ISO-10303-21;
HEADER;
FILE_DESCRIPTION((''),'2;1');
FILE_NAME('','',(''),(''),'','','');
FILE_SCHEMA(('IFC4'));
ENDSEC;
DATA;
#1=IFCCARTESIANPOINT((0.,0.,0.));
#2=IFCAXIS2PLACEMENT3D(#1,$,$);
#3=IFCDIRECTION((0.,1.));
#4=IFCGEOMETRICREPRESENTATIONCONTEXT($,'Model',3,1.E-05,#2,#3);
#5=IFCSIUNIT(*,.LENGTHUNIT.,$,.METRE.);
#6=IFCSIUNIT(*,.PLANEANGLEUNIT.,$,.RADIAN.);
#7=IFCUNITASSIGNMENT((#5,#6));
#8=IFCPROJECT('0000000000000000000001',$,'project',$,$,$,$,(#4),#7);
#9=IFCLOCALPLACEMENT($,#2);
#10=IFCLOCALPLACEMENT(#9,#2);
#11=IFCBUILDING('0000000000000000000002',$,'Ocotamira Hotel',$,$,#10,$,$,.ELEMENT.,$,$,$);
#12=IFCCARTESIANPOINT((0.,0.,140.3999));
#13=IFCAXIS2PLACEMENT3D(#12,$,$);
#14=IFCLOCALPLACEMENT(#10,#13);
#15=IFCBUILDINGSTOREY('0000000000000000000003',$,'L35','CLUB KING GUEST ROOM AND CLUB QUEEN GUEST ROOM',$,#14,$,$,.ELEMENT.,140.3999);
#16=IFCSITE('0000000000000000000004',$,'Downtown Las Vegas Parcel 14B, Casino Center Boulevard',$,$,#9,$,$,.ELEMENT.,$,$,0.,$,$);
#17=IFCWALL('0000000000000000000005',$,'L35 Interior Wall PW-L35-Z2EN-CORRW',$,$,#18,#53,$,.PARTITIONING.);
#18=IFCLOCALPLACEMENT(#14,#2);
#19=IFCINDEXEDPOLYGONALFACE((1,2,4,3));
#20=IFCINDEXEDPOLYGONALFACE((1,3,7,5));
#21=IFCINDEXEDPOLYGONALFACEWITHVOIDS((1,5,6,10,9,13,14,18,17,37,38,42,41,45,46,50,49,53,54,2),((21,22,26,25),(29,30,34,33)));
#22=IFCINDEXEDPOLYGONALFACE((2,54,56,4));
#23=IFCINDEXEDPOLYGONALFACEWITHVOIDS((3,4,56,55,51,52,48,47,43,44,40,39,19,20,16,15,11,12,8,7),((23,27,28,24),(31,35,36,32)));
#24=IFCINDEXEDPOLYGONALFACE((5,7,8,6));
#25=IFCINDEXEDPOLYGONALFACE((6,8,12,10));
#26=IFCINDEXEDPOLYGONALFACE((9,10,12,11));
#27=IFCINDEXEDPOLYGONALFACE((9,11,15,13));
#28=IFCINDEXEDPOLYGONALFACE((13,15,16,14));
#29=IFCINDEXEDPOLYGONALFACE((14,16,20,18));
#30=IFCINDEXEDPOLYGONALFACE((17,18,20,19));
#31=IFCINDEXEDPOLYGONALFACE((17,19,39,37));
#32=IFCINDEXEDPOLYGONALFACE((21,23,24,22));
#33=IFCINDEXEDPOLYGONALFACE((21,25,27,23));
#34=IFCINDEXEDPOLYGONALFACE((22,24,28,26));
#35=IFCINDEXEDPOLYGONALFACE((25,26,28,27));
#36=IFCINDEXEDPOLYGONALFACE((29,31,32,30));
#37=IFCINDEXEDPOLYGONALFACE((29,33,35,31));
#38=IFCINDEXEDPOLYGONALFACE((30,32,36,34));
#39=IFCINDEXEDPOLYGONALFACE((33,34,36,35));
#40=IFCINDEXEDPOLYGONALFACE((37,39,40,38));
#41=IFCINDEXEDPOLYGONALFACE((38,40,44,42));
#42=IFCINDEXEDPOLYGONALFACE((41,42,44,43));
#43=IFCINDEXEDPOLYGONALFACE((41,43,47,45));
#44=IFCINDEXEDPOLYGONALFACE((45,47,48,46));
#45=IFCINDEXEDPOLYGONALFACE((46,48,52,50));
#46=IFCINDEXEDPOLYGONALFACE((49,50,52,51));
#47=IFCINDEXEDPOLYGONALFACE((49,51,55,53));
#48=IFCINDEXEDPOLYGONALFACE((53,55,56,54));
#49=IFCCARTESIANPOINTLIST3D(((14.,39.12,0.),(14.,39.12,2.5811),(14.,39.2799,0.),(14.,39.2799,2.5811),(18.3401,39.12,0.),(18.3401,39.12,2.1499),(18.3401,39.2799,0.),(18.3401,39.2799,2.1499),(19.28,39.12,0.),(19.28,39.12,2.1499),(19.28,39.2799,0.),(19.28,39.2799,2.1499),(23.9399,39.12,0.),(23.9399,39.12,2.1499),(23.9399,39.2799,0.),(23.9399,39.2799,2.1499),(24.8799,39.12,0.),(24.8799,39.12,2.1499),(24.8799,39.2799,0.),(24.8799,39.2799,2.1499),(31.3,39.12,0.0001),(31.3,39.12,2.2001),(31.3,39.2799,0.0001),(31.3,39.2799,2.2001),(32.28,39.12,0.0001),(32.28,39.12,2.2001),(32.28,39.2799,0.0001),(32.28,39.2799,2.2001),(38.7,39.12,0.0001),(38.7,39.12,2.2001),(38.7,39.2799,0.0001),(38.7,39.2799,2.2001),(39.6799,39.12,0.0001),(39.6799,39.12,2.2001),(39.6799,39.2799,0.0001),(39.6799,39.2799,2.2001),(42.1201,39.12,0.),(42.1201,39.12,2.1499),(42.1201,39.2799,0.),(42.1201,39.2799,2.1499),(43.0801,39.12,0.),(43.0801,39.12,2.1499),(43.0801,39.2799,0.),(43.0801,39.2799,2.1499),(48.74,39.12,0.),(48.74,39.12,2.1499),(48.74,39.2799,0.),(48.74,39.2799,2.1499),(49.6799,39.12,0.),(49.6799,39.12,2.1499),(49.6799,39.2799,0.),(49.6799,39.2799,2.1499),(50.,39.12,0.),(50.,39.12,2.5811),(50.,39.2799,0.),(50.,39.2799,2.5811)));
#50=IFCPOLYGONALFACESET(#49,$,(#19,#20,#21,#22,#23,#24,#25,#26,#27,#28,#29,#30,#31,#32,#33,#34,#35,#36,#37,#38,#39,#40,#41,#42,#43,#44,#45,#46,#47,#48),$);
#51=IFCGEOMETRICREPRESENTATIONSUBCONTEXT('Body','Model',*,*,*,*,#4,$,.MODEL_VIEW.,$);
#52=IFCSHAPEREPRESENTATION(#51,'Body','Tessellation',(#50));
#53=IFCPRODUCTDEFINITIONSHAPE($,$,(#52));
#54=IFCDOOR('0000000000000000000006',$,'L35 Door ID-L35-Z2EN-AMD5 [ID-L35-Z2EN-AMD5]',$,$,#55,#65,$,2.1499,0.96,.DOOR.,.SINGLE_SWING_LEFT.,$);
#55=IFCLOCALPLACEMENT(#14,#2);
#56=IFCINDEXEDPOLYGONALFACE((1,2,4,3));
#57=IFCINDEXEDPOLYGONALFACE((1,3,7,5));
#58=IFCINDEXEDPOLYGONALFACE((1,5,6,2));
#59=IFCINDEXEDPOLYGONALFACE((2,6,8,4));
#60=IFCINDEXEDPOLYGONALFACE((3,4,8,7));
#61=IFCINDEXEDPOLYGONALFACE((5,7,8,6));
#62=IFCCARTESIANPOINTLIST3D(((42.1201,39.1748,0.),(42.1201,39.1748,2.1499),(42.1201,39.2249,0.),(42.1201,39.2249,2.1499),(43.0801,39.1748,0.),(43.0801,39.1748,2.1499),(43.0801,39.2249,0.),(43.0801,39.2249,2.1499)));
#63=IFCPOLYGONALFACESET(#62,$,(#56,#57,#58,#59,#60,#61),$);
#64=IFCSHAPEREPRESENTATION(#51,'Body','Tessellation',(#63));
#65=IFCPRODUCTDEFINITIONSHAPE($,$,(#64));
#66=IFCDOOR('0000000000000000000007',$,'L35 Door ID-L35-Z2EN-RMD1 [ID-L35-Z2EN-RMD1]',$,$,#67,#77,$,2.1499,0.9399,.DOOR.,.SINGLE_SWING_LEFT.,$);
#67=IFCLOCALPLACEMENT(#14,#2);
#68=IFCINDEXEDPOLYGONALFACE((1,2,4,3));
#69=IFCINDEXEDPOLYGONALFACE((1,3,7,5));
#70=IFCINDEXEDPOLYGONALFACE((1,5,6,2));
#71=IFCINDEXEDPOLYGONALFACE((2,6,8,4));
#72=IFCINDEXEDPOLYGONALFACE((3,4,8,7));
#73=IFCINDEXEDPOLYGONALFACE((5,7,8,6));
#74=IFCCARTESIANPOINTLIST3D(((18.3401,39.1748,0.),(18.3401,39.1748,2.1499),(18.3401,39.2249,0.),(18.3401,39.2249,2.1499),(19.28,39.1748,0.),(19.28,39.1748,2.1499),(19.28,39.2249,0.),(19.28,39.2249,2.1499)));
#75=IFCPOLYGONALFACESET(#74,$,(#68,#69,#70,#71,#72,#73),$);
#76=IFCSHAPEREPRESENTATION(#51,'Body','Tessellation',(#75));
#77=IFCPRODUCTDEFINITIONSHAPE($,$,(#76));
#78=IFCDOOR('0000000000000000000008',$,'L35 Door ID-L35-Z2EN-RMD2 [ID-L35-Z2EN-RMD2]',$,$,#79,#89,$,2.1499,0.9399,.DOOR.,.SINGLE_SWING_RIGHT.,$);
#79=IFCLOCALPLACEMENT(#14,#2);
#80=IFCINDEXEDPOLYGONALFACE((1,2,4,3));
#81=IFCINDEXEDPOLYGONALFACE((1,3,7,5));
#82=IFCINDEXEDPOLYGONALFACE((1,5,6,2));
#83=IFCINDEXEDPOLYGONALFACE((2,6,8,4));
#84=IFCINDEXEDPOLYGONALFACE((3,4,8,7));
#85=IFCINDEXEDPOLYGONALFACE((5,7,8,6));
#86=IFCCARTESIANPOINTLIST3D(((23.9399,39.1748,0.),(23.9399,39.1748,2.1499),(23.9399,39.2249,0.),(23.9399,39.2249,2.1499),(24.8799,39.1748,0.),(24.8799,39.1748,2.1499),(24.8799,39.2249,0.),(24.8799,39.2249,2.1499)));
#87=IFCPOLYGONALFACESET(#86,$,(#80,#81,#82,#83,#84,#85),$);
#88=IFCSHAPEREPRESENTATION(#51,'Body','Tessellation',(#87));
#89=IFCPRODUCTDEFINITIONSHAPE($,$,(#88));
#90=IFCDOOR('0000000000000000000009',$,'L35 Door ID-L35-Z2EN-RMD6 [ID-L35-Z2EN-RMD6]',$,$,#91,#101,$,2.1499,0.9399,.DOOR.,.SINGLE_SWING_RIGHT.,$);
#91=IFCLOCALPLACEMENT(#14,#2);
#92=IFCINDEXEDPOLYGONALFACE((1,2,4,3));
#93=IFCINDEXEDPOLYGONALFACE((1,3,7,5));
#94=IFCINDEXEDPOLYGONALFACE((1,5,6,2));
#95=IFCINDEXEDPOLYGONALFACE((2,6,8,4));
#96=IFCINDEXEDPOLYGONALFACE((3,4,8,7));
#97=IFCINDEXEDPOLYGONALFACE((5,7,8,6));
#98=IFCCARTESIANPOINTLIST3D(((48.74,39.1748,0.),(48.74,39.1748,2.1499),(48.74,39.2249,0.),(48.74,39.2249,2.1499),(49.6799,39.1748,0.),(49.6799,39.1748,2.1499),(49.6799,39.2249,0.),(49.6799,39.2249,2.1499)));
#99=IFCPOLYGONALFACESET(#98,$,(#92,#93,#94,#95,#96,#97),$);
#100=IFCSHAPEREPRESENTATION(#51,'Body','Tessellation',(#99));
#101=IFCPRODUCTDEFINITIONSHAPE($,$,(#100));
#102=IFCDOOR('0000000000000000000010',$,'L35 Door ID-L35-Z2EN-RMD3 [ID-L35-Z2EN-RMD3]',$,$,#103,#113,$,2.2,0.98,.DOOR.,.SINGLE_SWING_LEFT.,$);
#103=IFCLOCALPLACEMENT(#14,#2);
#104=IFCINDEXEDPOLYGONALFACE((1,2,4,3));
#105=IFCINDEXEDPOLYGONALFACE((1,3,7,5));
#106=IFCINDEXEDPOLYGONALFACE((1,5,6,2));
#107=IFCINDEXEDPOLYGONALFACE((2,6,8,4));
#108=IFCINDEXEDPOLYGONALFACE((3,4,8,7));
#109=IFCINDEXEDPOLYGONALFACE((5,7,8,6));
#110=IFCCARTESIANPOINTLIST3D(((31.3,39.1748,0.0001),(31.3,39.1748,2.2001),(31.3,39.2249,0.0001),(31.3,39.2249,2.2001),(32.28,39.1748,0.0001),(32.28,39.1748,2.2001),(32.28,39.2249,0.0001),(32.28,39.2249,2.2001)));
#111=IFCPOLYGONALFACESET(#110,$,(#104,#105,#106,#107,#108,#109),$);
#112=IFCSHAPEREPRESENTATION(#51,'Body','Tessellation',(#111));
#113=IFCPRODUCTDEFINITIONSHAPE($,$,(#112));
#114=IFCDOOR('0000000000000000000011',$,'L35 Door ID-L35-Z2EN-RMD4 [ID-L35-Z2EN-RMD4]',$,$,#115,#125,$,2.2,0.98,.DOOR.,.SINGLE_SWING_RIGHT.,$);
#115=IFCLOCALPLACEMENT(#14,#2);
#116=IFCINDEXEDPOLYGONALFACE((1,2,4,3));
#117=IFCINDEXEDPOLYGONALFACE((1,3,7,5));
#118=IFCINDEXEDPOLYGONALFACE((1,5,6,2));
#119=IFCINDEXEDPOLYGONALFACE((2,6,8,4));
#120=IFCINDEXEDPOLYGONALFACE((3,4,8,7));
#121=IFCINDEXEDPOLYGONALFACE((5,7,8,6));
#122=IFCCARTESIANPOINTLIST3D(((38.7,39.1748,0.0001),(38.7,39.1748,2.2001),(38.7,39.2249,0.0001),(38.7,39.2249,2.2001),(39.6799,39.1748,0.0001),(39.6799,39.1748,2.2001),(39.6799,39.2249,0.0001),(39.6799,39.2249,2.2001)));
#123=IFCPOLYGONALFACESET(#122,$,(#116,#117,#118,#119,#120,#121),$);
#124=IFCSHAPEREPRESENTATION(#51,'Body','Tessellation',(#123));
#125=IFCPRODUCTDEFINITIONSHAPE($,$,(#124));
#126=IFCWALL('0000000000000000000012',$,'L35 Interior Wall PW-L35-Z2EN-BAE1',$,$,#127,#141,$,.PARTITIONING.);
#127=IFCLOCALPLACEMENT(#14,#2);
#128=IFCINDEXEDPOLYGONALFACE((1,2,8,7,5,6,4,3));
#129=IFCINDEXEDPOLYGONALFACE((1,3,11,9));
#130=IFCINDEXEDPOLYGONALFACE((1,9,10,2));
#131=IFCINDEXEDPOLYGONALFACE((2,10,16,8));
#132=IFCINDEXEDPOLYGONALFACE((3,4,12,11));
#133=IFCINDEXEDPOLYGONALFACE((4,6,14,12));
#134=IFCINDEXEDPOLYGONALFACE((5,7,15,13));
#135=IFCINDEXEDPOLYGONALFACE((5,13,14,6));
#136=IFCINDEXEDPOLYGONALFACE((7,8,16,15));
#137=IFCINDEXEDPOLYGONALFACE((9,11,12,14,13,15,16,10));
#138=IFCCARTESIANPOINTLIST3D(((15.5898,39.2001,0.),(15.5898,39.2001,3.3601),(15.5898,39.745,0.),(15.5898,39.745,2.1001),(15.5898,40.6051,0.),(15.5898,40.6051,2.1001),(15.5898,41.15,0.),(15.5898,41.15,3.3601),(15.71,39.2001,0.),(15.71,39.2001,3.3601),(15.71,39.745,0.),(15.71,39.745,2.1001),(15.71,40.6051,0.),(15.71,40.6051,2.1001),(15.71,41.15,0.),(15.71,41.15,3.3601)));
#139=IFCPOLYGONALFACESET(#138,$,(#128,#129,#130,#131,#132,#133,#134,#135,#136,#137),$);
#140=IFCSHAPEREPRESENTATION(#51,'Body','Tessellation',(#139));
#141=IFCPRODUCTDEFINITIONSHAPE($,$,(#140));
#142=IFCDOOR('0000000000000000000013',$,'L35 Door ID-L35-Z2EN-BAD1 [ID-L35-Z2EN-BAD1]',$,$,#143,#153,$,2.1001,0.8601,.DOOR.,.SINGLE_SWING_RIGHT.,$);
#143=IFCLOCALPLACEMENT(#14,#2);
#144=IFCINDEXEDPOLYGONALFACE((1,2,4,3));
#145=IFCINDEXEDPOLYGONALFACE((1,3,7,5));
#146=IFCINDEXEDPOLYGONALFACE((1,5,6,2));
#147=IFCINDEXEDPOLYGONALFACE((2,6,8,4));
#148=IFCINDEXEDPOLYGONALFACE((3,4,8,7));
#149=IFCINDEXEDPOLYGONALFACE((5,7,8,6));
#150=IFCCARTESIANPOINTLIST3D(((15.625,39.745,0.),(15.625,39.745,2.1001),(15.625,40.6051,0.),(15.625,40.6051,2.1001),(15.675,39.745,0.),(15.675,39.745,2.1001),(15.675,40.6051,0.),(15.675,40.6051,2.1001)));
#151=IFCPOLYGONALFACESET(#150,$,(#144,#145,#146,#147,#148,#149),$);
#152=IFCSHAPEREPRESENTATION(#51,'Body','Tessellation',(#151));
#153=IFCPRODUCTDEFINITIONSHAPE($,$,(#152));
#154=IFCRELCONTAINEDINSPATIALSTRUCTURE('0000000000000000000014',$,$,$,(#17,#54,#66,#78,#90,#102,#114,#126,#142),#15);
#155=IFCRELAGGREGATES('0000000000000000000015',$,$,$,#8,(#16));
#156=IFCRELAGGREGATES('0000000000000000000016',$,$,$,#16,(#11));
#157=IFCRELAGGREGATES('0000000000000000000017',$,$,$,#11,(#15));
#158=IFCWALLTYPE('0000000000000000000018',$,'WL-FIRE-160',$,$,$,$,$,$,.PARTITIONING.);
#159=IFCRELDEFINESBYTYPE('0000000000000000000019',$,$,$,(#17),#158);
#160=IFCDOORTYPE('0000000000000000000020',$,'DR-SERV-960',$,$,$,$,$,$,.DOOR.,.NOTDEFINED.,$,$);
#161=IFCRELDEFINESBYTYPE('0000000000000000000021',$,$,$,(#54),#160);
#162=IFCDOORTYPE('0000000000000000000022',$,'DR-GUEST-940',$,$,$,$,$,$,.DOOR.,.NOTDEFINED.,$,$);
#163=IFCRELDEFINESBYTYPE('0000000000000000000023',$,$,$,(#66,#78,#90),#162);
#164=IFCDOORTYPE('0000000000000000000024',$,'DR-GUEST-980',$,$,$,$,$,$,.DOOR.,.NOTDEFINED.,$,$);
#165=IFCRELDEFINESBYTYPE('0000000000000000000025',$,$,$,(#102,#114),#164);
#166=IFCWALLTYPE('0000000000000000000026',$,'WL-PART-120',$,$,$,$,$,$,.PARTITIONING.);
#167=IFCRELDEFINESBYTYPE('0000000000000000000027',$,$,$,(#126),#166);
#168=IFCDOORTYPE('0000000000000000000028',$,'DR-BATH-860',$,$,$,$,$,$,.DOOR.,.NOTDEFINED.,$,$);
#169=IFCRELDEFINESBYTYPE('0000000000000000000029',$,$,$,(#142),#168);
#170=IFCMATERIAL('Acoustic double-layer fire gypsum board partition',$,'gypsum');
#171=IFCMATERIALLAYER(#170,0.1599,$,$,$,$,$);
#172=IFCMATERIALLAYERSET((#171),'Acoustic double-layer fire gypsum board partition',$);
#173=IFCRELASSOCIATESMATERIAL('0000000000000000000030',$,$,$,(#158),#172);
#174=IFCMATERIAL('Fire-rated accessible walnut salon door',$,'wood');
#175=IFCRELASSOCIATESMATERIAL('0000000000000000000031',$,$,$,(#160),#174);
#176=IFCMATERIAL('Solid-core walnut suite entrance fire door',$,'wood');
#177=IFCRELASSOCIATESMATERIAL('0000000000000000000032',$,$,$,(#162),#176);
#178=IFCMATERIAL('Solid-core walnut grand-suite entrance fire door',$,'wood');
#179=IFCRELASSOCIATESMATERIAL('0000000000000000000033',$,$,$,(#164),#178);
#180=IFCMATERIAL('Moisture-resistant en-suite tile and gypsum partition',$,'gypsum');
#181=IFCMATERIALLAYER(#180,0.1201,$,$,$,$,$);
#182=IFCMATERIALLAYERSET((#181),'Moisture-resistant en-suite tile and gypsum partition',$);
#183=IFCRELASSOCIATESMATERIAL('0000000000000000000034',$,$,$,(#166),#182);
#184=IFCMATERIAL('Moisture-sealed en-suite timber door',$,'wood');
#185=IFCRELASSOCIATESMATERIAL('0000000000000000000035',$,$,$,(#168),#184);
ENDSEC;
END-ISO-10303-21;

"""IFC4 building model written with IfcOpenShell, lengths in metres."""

from ifc_helpers import new_model, si_unit, direction, frame, frame_2d, origin, place, context, subcontext, project, spatial, rectangle, extrude, source, transform, mapped, material, layer, layer_set, type_object, element, fill, save


model = new_model("IFC4")

# Units and contexts
model_context = context("Model", 3, precision=1e-05, world=origin(), true_north=direction((0.0, 1.0)))
body_context = subcontext(model_context, "Body", "Model", "MODEL_VIEW")
ifc_project = project(units=[si_unit("LENGTHUNIT", "METRE"), si_unit("PLANEANGLEUNIT", "RADIAN")], contexts=[model_context])

# Site, building, storey
site_placement = place(None, origin())
site = spatial("IfcSite", under=ifc_project, at=site_placement, Name="Downtown Las Vegas Parcel 14B, Casino Center Boulevard", CompositionType="ELEMENT", RefElevation=0.0)
building_placement = place(site_placement, origin())
building = spatial("IfcBuilding", under=site, at=building_placement, Name="Ocotamira Hotel", CompositionType="ELEMENT")
storey_placement = place(building_placement, frame((0.0, 0.0, 140.3999)))
storey = spatial("IfcBuildingStorey", under=building, at=storey_placement, Name="L35", Description="CLUB KING GUEST ROOM AND CLUB QUEEN GUEST ROOM", CompositionType="ELEMENT", Elevation=140.3999)

# Shared definitions
ifc_material_1 = material(Name="Acoustic double-layer fire gypsum board partition", Category="gypsum")
ifc_layer_1 = layer(ifc_material_1, 0.1599)
ifc_layer_set_1 = layer_set([ifc_layer_1], Name="Acoustic double-layer fire gypsum board partition")
wall_type_1 = type_object("IfcWallType", Name="WL-FIRE-160", PredefinedType="PARTITIONING", material=ifc_layer_set_1)
ifc_material_2 = material(Name="Fire-rated accessible walnut salon door", Category="wood")
door_type_1 = type_object("IfcDoorType", Name="DR-SERV-960", OperationType="NOTDEFINED", PredefinedType="DOOR", material=ifc_material_2)
shared_shape_1 = source(origin(), body_context, "Body", "SweptSolid", [
    extrude(rectangle(XDim=0.96, YDim=2.1499, at=frame_2d((0.48, 1.075))), frame((0.0, 0.0249, 0.0), z_axis=(0.0, -1.0, 0.0), x_axis=(1.0, 0.0, 0.0)), (0.0, 0.0, 1.0), 0.05),
])

# Wall, openings, doors
wall_1_placement = place(storey_placement, frame((14.0, 39.2, 0.0), z_axis=(0.0, 0.0, 1.0), x_axis=(1.0, 0.0, 0.0)))
wall_1 = element("IfcWall", 1, at=wall_1_placement, inside=storey, type_object=wall_type_1, Name="L35 Interior Wall PW-L35-Z2EN-CORRW", PredefinedType="PARTITIONING", context=body_context, shape_type="SweptSolid", body=[
    extrude(rectangle(XDim=36.0, YDim=0.1599, at=frame_2d((18.0, 0.0))), origin(), (0.0, 0.0, 1.0), 2.5811),
])
opening_1_placement = place(wall_1_placement, frame((4.3401, 0.0, 0.0)))
opening_1 = element("IfcOpeningElement", 2, at=opening_1_placement, cuts=wall_1, PredefinedType="OPENING", context=body_context, shape_type="SweptSolid", body=[
    extrude(rectangle(XDim=0.9399, YDim=2.1499, at=frame_2d((0.47, 1.075))), frame((0.0, 0.0898, 0.0), z_axis=(0.0, -1.0, 0.0), x_axis=(1.0, 0.0, 0.0)), (0.0, 0.0, 1.0), 0.1799),
])
opening_2_placement = place(wall_1_placement, frame((9.9399, 0.0, 0.0)))
opening_2 = element("IfcOpeningElement", 3, at=opening_2_placement, cuts=wall_1, PredefinedType="OPENING", context=body_context, shape_type="SweptSolid", body=[
    extrude(rectangle(XDim=0.9399, YDim=2.1499, at=frame_2d((0.47, 1.075))), frame((0.0, 0.0898, 0.0), z_axis=(0.0, -1.0, 0.0), x_axis=(1.0, 0.0, 0.0)), (0.0, 0.0, 1.0), 0.1799),
])
opening_3_placement = place(wall_1_placement, frame((17.3, 0.0, 0.0)))
opening_3 = element("IfcOpeningElement", 4, at=opening_3_placement, cuts=wall_1, PredefinedType="OPENING", context=body_context, shape_type="SweptSolid", body=[
    extrude(rectangle(XDim=0.98, YDim=2.2, at=frame_2d((0.49, 1.1001))), frame((0.0, 0.0898, 0.0), z_axis=(0.0, -1.0, 0.0), x_axis=(1.0, 0.0, 0.0)), (0.0, 0.0, 1.0), 0.1799),
])
opening_4_placement = place(wall_1_placement, frame((24.7, 0.0, 0.0)))
opening_4 = element("IfcOpeningElement", 5, at=opening_4_placement, cuts=wall_1, PredefinedType="OPENING", context=body_context, shape_type="SweptSolid", body=[
    extrude(rectangle(XDim=0.98, YDim=2.2, at=frame_2d((0.49, 1.1001))), frame((0.0, 0.0898, 0.0), z_axis=(0.0, -1.0, 0.0), x_axis=(1.0, 0.0, 0.0)), (0.0, 0.0, 1.0), 0.1799),
])
opening_5_placement = place(wall_1_placement, frame((28.1201, 0.0, 0.0)))
opening_5 = element("IfcOpeningElement", 6, at=opening_5_placement, cuts=wall_1, PredefinedType="OPENING", context=body_context, shape_type="SweptSolid", body=[
    extrude(rectangle(XDim=0.96, YDim=2.1499, at=frame_2d((0.48, 1.075))), frame((0.0, 0.0898, 0.0), z_axis=(0.0, -1.0, 0.0), x_axis=(1.0, 0.0, 0.0)), (0.0, 0.0, 1.0), 0.1799),
])
opening_6_placement = place(wall_1_placement, frame((34.74, 0.0, 0.0)))
opening_6 = element("IfcOpeningElement", 7, at=opening_6_placement, cuts=wall_1, PredefinedType="OPENING", context=body_context, shape_type="SweptSolid", body=[
    extrude(rectangle(XDim=0.9399, YDim=2.1499, at=frame_2d((0.47, 1.075))), frame((0.0, 0.0898, 0.0), z_axis=(0.0, -1.0, 0.0), x_axis=(1.0, 0.0, 0.0)), (0.0, 0.0, 1.0), 0.1799),
])
door_1_placement = place(opening_5_placement, origin())
door_1 = element("IfcDoor", 8, at=door_1_placement, inside=storey, type_object=door_type_1, Name="L35 Door ID-L35-Z2EN-AMD5 [ID-L35-Z2EN-AMD5]", OperationType="SINGLE_SWING_LEFT", OverallHeight=2.1499, OverallWidth=0.96, PredefinedType="DOOR", context=body_context, shape_type="MappedRepresentation", body=[
    mapped(shared_shape_1, transform((0.0, 0.0, 0.0), scale=1.0)),
])
fill(opening_5, door_1)
ifc_material_3 = material(Name="Solid-core walnut suite entrance fire door", Category="wood")
door_type_2 = type_object("IfcDoorType", Name="DR-GUEST-940", OperationType="NOTDEFINED", PredefinedType="DOOR", material=ifc_material_3)
shared_shape_2 = source(origin(), body_context, "Body", "SweptSolid", [
    extrude(rectangle(XDim=0.9399, YDim=2.1499, at=frame_2d((0.47, 1.075))), frame((0.0, 0.0249, 0.0), z_axis=(0.0, -1.0, 0.0), x_axis=(1.0, 0.0, 0.0)), (0.0, 0.0, 1.0), 0.05),
])
door_2_placement = place(opening_1_placement, origin())
door_2 = element("IfcDoor", 9, at=door_2_placement, inside=storey, type_object=door_type_2, Name="L35 Door ID-L35-Z2EN-RMD1 [ID-L35-Z2EN-RMD1]", OperationType="SINGLE_SWING_LEFT", OverallHeight=2.1499, OverallWidth=0.9399, PredefinedType="DOOR", context=body_context, shape_type="MappedRepresentation", body=[
    mapped(shared_shape_2, transform((0.0, 0.0, 0.0), scale=1.0)),
])
fill(opening_1, door_2)
door_3_placement = place(opening_2_placement, origin())
door_3 = element("IfcDoor", 10, at=door_3_placement, inside=storey, type_object=door_type_2, Name="L35 Door ID-L35-Z2EN-RMD2 [ID-L35-Z2EN-RMD2]", OperationType="SINGLE_SWING_RIGHT", OverallHeight=2.1499, OverallWidth=0.9399, PredefinedType="DOOR", context=body_context, shape_type="MappedRepresentation", body=[
    mapped(shared_shape_2, transform((0.0, 0.0, 0.0), scale=1.0)),
])
fill(opening_2, door_3)
door_4_placement = place(opening_6_placement, origin())
door_4 = element("IfcDoor", 11, at=door_4_placement, inside=storey, type_object=door_type_2, Name="L35 Door ID-L35-Z2EN-RMD6 [ID-L35-Z2EN-RMD6]", OperationType="SINGLE_SWING_RIGHT", OverallHeight=2.1499, OverallWidth=0.9399, PredefinedType="DOOR", context=body_context, shape_type="MappedRepresentation", body=[
    mapped(shared_shape_2, transform((0.0, 0.0, 0.0), scale=1.0)),
])
fill(opening_6, door_4)
ifc_material_4 = material(Name="Solid-core walnut grand-suite entrance fire door", Category="wood")
door_type_3 = type_object("IfcDoorType", Name="DR-GUEST-980", OperationType="NOTDEFINED", PredefinedType="DOOR", material=ifc_material_4)
shared_shape_3 = source(origin(), body_context, "Body", "SweptSolid", [
    extrude(rectangle(XDim=0.98, YDim=2.2, at=frame_2d((0.49, 1.1001))), frame((0.0, 0.0249, 0.0), z_axis=(0.0, -1.0, 0.0), x_axis=(1.0, 0.0, 0.0)), (0.0, 0.0, 1.0), 0.05),
])
door_5_placement = place(opening_3_placement, origin())
door_5 = element("IfcDoor", 12, at=door_5_placement, inside=storey, type_object=door_type_3, Name="L35 Door ID-L35-Z2EN-RMD3 [ID-L35-Z2EN-RMD3]", OperationType="SINGLE_SWING_LEFT", OverallHeight=2.2, OverallWidth=0.98, PredefinedType="DOOR", context=body_context, shape_type="MappedRepresentation", body=[
    mapped(shared_shape_3, transform((0.0, 0.0, 0.0), scale=1.0)),
])
fill(opening_3, door_5)
door_6_placement = place(opening_4_placement, origin())
door_6 = element("IfcDoor", 13, at=door_6_placement, inside=storey, type_object=door_type_3, Name="L35 Door ID-L35-Z2EN-RMD4 [ID-L35-Z2EN-RMD4]", OperationType="SINGLE_SWING_RIGHT", OverallHeight=2.2, OverallWidth=0.98, PredefinedType="DOOR", context=body_context, shape_type="MappedRepresentation", body=[
    mapped(shared_shape_3, transform((0.0, 0.0, 0.0), scale=1.0)),
])
fill(opening_4, door_6)

# Wall, opening, door
ifc_material_5 = material(Name="Moisture-resistant en-suite tile and gypsum partition", Category="gypsum")
ifc_layer_2 = layer(ifc_material_5, 0.1201)
ifc_layer_set_2 = layer_set([ifc_layer_2], Name="Moisture-resistant en-suite tile and gypsum partition")
wall_type_2 = type_object("IfcWallType", Name="WL-PART-120", PredefinedType="PARTITIONING", material=ifc_layer_set_2)
wall_2_placement = place(storey_placement, frame((15.6499, 39.2, 0.0), z_axis=(0.0, 0.0, 1.0), x_axis=(0.0, 1.0, 0.0)))
wall_2 = element("IfcWall", 14, at=wall_2_placement, inside=storey, type_object=wall_type_2, Name="L35 Interior Wall PW-L35-Z2EN-BAE1", PredefinedType="PARTITIONING", context=body_context, shape_type="SweptSolid", body=[
    extrude(rectangle(XDim=1.95, YDim=0.1201, at=frame_2d((0.9751, 0.0))), origin(), (0.0, 0.0, 1.0), 3.3601),
])
opening_7_placement = place(wall_2_placement, frame((0.5449, 0.0, 0.0)))
opening_7 = element("IfcOpeningElement", 15, at=opening_7_placement, cuts=wall_2, PredefinedType="OPENING", context=body_context, shape_type="SweptSolid", body=[
    extrude(rectangle(XDim=0.8601, YDim=2.1001, at=frame_2d((0.4302, 1.05))), frame((0.0, 0.0701, 0.0), z_axis=(0.0, -1.0, 0.0), x_axis=(1.0, 0.0, 0.0)), (0.0, 0.0, 1.0), 0.1401),
])
ifc_material_6 = material(Name="Moisture-sealed en-suite timber door", Category="wood")
door_type_4 = type_object("IfcDoorType", Name="DR-BATH-860", OperationType="NOTDEFINED", PredefinedType="DOOR", material=ifc_material_6)
shared_shape_4 = source(origin(), body_context, "Body", "SweptSolid", [
    extrude(rectangle(XDim=0.8601, YDim=2.1001, at=frame_2d((0.4302, 1.05))), frame((0.0, 0.0249, 0.0), z_axis=(0.0, -1.0, 0.0), x_axis=(1.0, 0.0, 0.0)), (0.0, 0.0, 1.0), 0.05),
])
door_7_placement = place(opening_7_placement, origin())
door_7 = element("IfcDoor", 16, at=door_7_placement, inside=storey, type_object=door_type_4, Name="L35 Door ID-L35-Z2EN-BAD1 [ID-L35-Z2EN-BAD1]", OperationType="SINGLE_SWING_RIGHT", OverallHeight=2.1001, OverallWidth=0.8601, PredefinedType="DOOR", context=body_context, shape_type="MappedRepresentation", body=[
    mapped(shared_shape_4, transform((0.0, 0.0, 0.0), scale=1.0)),
])
fill(opening_7, door_7)

save(model, "model.ifc")
